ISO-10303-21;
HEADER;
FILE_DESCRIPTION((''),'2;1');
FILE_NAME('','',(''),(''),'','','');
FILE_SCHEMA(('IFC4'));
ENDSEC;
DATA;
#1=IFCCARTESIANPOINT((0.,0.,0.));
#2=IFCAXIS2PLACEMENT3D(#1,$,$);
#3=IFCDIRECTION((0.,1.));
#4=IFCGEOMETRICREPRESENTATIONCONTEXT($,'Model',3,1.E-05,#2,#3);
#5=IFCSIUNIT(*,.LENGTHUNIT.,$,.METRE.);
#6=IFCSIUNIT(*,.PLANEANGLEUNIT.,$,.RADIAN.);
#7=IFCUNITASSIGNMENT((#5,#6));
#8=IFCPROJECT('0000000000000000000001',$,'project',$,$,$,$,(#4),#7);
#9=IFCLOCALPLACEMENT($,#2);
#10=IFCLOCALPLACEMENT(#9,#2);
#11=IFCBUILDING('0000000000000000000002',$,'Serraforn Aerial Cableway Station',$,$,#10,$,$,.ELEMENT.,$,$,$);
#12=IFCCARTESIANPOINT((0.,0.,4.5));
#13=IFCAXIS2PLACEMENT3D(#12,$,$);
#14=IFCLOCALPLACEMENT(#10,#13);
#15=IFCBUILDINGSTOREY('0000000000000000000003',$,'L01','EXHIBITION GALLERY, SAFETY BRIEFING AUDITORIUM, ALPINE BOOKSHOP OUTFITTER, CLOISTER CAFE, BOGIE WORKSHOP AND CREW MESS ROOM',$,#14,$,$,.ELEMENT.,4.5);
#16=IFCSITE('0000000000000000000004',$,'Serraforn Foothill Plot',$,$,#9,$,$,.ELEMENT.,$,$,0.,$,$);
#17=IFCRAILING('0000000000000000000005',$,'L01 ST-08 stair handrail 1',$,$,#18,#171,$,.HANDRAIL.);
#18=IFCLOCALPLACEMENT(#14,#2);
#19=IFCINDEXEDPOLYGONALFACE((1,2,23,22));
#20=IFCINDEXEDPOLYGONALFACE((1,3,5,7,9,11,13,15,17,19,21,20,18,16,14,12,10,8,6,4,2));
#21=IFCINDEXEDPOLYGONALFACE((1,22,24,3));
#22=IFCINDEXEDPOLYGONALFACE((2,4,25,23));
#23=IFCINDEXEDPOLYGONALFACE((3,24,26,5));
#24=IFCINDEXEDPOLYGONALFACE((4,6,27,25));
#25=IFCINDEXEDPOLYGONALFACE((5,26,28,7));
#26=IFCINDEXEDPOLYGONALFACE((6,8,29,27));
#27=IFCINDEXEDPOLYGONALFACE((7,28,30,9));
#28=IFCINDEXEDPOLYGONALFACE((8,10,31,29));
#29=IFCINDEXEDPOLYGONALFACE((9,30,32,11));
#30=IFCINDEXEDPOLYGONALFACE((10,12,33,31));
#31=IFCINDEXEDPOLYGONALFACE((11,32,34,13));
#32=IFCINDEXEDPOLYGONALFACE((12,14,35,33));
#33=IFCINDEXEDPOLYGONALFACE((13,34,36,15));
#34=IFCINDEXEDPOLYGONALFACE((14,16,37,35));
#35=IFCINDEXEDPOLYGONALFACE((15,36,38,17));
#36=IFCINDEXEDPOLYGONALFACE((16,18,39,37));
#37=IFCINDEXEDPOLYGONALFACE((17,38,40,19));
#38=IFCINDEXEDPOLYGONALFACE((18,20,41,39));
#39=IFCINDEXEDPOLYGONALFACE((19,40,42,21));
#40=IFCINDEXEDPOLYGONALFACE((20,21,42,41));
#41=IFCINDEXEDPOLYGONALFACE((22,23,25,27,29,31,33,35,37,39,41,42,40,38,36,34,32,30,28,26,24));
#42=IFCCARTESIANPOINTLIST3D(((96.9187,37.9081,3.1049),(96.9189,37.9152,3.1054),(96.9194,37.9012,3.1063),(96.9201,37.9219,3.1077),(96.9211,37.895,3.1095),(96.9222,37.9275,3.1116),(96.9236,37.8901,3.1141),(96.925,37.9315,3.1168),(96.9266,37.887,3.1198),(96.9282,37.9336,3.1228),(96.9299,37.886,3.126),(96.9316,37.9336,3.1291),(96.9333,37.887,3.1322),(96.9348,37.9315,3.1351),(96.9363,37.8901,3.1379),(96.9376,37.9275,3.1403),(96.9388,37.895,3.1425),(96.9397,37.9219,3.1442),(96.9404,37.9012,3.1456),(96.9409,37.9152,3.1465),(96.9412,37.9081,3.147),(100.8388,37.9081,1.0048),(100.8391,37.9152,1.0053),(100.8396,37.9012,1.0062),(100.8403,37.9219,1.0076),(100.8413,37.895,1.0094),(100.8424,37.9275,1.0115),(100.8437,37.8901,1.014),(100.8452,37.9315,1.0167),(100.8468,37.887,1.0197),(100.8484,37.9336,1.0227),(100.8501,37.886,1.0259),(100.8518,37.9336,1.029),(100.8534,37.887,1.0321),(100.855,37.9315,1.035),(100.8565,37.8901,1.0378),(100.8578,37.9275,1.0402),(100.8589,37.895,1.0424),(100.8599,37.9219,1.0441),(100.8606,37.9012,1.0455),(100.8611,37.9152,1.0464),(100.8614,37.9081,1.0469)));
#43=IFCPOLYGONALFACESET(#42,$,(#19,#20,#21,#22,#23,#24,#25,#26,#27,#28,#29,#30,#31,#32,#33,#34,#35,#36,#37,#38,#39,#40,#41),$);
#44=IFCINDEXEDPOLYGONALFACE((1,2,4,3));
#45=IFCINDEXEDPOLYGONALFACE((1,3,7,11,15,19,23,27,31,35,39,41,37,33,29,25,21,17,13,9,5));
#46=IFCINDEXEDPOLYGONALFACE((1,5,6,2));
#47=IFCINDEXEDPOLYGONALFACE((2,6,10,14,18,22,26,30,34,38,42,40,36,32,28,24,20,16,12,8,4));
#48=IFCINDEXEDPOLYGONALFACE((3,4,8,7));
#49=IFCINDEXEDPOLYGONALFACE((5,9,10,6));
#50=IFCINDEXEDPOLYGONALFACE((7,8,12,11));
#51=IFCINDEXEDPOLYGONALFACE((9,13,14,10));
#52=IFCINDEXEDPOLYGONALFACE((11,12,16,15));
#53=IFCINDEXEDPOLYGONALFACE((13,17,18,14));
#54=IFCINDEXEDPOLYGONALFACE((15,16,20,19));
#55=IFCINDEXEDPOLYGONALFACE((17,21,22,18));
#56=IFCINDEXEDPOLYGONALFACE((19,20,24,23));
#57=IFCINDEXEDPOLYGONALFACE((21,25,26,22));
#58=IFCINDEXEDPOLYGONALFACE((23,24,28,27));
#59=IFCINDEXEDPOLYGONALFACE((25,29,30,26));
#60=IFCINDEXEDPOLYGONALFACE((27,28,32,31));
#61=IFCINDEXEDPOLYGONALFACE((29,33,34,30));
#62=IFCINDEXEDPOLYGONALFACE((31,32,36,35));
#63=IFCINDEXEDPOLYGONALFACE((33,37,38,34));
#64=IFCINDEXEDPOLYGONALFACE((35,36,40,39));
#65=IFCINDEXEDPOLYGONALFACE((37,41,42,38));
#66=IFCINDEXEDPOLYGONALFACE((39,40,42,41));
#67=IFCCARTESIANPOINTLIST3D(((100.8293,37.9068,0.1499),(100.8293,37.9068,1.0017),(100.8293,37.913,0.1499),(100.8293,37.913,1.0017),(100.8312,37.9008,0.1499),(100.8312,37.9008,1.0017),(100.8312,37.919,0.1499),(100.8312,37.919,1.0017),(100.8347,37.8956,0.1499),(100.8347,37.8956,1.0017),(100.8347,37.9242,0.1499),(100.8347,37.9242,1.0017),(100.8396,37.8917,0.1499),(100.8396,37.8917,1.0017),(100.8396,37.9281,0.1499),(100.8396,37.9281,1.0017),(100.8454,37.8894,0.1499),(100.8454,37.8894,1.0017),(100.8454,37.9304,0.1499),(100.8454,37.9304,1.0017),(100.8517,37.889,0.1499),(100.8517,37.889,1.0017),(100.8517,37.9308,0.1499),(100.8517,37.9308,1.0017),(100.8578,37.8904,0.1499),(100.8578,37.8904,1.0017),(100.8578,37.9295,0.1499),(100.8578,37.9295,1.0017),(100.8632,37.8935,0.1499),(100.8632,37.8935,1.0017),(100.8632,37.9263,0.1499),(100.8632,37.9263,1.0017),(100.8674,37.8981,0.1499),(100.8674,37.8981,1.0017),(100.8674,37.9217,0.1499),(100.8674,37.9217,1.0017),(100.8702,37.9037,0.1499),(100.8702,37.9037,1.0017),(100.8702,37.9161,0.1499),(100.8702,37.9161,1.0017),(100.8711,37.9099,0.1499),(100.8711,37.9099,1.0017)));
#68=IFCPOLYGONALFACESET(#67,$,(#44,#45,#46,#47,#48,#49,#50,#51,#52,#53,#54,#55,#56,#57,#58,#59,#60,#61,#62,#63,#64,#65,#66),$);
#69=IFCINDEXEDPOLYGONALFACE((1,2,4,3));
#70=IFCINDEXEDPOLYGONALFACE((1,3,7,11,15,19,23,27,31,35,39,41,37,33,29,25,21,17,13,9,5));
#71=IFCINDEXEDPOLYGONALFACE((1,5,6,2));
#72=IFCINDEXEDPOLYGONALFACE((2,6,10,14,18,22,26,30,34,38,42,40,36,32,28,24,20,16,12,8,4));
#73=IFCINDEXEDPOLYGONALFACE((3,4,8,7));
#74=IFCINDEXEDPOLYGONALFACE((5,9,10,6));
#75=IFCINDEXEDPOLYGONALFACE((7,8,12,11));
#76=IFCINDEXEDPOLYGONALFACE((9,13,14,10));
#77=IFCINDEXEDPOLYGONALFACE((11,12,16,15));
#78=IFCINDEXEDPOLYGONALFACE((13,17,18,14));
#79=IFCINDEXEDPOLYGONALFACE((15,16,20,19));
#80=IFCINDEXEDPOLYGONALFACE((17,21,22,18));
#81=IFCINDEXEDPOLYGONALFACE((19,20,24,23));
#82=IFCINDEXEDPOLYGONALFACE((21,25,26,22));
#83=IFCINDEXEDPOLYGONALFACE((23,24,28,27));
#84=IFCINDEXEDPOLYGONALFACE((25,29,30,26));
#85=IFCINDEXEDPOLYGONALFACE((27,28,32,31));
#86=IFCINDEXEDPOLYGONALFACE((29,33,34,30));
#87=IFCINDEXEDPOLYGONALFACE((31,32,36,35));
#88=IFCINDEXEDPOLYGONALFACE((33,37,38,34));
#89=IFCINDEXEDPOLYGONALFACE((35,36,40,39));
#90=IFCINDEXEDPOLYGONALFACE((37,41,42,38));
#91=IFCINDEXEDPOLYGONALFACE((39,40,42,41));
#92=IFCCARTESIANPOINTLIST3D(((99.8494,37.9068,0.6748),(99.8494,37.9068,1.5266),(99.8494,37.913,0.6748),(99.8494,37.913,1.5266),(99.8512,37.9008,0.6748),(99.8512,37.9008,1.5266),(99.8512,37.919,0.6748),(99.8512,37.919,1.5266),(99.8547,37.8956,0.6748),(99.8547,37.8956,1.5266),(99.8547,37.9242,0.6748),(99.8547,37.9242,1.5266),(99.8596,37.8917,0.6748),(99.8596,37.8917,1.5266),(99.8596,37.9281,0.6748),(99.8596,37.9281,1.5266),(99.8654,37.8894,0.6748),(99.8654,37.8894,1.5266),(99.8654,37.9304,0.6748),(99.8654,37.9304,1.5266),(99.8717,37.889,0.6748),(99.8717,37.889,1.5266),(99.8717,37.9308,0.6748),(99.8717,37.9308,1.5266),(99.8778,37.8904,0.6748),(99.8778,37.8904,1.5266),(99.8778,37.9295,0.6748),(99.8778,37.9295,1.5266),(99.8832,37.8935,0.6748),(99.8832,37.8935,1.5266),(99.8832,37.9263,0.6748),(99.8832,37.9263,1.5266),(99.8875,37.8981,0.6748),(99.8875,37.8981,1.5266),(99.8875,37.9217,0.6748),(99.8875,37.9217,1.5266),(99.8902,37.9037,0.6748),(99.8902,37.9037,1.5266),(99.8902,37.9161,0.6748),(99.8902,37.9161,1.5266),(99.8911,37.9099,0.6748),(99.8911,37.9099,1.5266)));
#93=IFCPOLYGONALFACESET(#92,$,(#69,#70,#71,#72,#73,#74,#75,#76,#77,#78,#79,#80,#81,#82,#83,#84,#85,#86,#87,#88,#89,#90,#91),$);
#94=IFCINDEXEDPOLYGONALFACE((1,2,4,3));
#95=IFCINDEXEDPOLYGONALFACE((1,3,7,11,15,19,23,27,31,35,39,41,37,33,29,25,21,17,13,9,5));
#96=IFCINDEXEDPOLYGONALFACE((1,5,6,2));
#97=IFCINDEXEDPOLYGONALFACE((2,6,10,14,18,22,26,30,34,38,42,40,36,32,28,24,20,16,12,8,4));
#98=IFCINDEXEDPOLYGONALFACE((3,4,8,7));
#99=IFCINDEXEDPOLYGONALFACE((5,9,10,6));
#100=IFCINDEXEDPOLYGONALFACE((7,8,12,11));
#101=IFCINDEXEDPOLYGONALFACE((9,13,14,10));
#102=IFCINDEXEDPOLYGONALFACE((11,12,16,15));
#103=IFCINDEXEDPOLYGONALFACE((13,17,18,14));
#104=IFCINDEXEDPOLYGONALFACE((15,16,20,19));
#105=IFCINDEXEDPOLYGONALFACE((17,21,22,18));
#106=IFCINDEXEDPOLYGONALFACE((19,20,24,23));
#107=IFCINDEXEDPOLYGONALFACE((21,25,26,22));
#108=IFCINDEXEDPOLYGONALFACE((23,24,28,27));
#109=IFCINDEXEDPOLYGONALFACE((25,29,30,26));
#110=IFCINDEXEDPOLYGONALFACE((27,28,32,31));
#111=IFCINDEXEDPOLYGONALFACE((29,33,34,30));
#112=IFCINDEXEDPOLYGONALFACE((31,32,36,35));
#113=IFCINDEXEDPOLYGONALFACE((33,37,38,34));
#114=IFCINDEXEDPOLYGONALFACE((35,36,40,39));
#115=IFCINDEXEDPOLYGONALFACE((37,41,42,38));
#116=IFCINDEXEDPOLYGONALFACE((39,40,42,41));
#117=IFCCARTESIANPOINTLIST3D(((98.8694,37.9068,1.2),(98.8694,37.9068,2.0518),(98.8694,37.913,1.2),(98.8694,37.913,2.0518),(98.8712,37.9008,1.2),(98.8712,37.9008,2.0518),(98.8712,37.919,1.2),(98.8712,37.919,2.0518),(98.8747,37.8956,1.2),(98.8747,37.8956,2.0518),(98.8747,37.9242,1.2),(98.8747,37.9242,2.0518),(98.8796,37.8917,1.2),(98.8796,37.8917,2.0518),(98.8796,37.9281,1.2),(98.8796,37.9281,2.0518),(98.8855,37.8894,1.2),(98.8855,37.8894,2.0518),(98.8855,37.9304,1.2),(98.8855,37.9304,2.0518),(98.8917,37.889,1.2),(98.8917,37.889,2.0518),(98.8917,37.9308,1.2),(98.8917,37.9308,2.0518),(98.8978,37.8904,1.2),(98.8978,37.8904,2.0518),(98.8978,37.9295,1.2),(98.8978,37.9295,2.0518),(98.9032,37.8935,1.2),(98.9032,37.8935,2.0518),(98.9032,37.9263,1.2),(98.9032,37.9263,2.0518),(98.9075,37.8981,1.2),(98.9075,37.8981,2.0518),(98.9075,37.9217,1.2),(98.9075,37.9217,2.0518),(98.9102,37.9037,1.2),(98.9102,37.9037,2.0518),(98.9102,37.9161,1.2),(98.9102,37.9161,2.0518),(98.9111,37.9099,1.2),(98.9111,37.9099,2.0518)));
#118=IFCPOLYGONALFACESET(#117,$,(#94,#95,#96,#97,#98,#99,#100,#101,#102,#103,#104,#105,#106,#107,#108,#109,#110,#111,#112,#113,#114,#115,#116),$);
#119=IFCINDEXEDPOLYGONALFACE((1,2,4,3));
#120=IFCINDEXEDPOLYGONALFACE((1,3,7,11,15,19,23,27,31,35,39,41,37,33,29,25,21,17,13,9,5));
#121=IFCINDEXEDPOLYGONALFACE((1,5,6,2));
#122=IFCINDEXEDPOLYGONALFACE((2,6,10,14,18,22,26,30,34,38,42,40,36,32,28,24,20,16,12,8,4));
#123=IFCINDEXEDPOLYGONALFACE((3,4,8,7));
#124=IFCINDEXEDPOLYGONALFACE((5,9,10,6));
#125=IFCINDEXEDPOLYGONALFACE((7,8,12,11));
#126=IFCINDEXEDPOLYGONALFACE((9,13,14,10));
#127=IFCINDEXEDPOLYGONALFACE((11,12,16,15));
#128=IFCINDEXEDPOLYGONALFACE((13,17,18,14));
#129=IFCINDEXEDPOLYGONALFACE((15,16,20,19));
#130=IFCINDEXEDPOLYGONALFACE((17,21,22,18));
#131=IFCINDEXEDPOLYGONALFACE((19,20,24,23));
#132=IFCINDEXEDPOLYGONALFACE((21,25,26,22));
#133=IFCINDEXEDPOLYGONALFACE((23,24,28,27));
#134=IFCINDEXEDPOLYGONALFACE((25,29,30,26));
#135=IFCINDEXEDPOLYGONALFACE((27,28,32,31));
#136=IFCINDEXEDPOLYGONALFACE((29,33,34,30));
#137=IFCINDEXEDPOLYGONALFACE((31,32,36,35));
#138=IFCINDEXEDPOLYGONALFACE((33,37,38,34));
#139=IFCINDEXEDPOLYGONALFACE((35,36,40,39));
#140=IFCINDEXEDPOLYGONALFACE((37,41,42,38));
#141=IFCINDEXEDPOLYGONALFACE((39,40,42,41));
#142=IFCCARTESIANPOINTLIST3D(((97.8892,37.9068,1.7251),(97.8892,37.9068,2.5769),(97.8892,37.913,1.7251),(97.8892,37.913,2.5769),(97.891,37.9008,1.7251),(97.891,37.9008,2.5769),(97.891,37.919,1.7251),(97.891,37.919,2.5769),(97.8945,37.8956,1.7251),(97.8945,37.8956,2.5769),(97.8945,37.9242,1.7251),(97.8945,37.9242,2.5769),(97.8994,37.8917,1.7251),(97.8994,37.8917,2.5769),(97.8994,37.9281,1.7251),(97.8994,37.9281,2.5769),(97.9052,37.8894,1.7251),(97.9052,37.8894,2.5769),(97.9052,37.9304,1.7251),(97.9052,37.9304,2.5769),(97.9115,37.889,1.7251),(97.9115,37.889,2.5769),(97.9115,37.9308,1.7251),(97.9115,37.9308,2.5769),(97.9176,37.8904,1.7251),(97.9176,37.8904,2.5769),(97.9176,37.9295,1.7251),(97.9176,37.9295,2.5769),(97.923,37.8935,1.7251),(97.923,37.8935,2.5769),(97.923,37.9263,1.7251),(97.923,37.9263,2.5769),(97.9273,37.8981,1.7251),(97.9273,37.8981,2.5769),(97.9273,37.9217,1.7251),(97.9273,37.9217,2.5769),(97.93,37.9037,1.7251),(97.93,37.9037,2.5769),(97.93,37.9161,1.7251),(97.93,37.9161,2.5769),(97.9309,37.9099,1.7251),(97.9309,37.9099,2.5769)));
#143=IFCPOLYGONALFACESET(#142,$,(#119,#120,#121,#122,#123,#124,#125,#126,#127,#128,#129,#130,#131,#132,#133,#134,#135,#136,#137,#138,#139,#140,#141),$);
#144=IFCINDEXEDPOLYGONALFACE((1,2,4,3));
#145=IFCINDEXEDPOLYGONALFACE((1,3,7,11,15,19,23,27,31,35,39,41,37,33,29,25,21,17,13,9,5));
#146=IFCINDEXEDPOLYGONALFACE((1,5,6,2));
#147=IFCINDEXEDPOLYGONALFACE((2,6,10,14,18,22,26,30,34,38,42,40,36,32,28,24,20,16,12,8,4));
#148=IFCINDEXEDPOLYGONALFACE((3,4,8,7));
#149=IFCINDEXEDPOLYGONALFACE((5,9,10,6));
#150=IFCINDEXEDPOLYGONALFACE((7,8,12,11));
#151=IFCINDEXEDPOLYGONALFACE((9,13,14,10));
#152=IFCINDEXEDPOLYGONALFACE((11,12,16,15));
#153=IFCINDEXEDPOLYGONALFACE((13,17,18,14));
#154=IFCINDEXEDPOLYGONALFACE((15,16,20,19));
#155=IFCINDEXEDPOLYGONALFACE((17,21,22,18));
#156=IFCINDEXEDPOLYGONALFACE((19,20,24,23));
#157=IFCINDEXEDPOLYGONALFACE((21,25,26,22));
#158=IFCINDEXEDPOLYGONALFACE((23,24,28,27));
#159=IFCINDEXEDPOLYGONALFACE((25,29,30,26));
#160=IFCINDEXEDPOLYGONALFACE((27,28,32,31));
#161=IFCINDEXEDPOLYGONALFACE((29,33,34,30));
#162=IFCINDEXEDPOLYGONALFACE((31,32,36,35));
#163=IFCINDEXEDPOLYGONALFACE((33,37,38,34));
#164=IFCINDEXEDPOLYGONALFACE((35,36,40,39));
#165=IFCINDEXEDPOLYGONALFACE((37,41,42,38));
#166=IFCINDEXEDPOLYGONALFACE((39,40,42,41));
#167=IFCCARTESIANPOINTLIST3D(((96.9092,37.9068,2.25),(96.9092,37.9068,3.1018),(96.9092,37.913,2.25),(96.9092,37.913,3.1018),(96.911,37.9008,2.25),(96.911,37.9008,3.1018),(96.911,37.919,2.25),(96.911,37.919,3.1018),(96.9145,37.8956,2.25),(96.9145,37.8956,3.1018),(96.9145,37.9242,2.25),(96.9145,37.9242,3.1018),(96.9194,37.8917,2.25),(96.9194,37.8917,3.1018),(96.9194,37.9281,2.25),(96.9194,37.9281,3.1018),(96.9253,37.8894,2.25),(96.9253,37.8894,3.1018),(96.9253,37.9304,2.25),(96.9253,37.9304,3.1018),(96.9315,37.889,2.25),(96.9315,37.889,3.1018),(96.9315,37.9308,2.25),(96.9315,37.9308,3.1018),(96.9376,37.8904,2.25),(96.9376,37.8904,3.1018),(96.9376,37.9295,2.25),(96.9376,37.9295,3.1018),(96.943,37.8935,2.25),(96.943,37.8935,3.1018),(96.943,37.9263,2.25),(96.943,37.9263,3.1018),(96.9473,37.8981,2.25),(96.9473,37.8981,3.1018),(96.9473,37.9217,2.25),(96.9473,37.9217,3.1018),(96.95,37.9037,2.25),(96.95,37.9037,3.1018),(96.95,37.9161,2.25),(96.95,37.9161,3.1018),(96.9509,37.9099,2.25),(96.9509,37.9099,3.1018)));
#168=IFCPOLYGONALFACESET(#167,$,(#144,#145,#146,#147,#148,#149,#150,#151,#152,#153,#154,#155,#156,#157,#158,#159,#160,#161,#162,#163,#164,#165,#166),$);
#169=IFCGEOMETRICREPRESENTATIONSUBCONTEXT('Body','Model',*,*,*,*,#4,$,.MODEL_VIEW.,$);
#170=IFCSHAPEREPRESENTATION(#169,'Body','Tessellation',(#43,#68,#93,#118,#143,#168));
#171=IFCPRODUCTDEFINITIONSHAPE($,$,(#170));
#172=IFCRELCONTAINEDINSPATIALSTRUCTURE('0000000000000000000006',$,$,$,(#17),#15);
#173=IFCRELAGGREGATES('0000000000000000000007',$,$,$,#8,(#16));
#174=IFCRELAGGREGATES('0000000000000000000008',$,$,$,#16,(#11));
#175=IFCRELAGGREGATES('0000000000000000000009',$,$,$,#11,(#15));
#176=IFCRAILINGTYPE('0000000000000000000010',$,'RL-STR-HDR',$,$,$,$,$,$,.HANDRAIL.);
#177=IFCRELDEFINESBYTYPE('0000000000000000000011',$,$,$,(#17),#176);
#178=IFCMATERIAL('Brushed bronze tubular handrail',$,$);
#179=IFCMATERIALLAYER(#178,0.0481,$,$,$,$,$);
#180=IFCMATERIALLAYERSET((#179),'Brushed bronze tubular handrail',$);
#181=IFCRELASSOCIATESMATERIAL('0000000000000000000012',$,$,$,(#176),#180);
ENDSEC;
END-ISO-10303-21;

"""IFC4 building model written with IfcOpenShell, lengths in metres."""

from ifc_helpers import new_model, si_unit, direction, frame, origin, origin_2d, place, context, subcontext, project, spatial, circle, extrude, material, layer, layer_set, type_object, element, save


model = new_model("IFC4")

# Units and contexts
model_context = context("Model", 3, precision=1e-05, world=origin(), true_north=direction((0.0, 1.0)))
body_context = subcontext(model_context, "Body", "Model", "MODEL_VIEW")
ifc_project = project(units=[si_unit("LENGTHUNIT", "METRE"), si_unit("PLANEANGLEUNIT", "RADIAN")], contexts=[model_context])

# Site, building, storey
site_placement = place(None, origin())
site = spatial("IfcSite", under=ifc_project, at=site_placement, Name="Serraforn Foothill Plot", CompositionType="ELEMENT", RefElevation=0.0)
building_placement = place(site_placement, origin())
building = spatial("IfcBuilding", under=site, at=building_placement, Name="Serraforn Aerial Cableway Station", CompositionType="ELEMENT")
storey_placement = place(building_placement, frame((0.0, 0.0, 4.5)))
storey = spatial("IfcBuildingStorey", under=building, at=storey_placement, Name="L01", Description="EXHIBITION GALLERY, SAFETY BRIEFING AUDITORIUM, ALPINE BOOKSHOP OUTFITTER, CLOISTER CAFE, BOGIE WORKSHOP AND CREW MESS ROOM", CompositionType="ELEMENT", Elevation=4.5)

# Railing
ifc_material_1 = material(Name="Brushed bronze tubular handrail")
ifc_layer_1 = layer(ifc_material_1, 0.0481)
ifc_layer_set_1 = layer_set([ifc_layer_1], Name="Brushed bronze tubular handrail")
railing_type_1 = type_object("IfcRailingType", Name="RL-STR-HDR", PredefinedType="HANDRAIL", material=ifc_layer_set_1)
railing_1_placement = place(storey_placement, frame((100.8501, 37.9099, 0.1499)))
element("IfcRailing", 1, at=railing_1_placement, inside=storey, type_object=railing_type_1, Name="L01 ST-08 stair handrail 1", PredefinedType="HANDRAIL", context=body_context, shape_type="SweptSolid", body=[
    extrude(circle(Radius=0.0239, at=origin_2d()), frame((0.0, 0.0, 0.876), z_axis=(-0.881479, 0.0, 0.472223), x_axis=(0.0, -1.0, 0.0)), (0.0, 0.0, 1.0), 4.4473),
    extrude(circle(Radius=0.021, at=origin_2d()), origin(), (0.0, 0.0, 1.0), 0.8518),
    extrude(circle(Radius=0.021, at=origin_2d()), frame((-0.98, 0.0, 0.5249)), (0.0, 0.0, 1.0), 0.8518),
    extrude(circle(Radius=0.021, at=origin_2d()), frame((-1.96, 0.0, 1.05)), (0.0, 0.0, 1.0), 0.8518),
    extrude(circle(Radius=0.021, at=origin_2d()), frame((-2.9402, 0.0, 1.5752)), (0.0, 0.0, 1.0), 0.8518),
    extrude(circle(Radius=0.021, at=origin_2d()), frame((-3.9202, 0.0, 2.1001)), (0.0, 0.0, 1.0), 0.8518),
])

save(model, "model.ifc")
